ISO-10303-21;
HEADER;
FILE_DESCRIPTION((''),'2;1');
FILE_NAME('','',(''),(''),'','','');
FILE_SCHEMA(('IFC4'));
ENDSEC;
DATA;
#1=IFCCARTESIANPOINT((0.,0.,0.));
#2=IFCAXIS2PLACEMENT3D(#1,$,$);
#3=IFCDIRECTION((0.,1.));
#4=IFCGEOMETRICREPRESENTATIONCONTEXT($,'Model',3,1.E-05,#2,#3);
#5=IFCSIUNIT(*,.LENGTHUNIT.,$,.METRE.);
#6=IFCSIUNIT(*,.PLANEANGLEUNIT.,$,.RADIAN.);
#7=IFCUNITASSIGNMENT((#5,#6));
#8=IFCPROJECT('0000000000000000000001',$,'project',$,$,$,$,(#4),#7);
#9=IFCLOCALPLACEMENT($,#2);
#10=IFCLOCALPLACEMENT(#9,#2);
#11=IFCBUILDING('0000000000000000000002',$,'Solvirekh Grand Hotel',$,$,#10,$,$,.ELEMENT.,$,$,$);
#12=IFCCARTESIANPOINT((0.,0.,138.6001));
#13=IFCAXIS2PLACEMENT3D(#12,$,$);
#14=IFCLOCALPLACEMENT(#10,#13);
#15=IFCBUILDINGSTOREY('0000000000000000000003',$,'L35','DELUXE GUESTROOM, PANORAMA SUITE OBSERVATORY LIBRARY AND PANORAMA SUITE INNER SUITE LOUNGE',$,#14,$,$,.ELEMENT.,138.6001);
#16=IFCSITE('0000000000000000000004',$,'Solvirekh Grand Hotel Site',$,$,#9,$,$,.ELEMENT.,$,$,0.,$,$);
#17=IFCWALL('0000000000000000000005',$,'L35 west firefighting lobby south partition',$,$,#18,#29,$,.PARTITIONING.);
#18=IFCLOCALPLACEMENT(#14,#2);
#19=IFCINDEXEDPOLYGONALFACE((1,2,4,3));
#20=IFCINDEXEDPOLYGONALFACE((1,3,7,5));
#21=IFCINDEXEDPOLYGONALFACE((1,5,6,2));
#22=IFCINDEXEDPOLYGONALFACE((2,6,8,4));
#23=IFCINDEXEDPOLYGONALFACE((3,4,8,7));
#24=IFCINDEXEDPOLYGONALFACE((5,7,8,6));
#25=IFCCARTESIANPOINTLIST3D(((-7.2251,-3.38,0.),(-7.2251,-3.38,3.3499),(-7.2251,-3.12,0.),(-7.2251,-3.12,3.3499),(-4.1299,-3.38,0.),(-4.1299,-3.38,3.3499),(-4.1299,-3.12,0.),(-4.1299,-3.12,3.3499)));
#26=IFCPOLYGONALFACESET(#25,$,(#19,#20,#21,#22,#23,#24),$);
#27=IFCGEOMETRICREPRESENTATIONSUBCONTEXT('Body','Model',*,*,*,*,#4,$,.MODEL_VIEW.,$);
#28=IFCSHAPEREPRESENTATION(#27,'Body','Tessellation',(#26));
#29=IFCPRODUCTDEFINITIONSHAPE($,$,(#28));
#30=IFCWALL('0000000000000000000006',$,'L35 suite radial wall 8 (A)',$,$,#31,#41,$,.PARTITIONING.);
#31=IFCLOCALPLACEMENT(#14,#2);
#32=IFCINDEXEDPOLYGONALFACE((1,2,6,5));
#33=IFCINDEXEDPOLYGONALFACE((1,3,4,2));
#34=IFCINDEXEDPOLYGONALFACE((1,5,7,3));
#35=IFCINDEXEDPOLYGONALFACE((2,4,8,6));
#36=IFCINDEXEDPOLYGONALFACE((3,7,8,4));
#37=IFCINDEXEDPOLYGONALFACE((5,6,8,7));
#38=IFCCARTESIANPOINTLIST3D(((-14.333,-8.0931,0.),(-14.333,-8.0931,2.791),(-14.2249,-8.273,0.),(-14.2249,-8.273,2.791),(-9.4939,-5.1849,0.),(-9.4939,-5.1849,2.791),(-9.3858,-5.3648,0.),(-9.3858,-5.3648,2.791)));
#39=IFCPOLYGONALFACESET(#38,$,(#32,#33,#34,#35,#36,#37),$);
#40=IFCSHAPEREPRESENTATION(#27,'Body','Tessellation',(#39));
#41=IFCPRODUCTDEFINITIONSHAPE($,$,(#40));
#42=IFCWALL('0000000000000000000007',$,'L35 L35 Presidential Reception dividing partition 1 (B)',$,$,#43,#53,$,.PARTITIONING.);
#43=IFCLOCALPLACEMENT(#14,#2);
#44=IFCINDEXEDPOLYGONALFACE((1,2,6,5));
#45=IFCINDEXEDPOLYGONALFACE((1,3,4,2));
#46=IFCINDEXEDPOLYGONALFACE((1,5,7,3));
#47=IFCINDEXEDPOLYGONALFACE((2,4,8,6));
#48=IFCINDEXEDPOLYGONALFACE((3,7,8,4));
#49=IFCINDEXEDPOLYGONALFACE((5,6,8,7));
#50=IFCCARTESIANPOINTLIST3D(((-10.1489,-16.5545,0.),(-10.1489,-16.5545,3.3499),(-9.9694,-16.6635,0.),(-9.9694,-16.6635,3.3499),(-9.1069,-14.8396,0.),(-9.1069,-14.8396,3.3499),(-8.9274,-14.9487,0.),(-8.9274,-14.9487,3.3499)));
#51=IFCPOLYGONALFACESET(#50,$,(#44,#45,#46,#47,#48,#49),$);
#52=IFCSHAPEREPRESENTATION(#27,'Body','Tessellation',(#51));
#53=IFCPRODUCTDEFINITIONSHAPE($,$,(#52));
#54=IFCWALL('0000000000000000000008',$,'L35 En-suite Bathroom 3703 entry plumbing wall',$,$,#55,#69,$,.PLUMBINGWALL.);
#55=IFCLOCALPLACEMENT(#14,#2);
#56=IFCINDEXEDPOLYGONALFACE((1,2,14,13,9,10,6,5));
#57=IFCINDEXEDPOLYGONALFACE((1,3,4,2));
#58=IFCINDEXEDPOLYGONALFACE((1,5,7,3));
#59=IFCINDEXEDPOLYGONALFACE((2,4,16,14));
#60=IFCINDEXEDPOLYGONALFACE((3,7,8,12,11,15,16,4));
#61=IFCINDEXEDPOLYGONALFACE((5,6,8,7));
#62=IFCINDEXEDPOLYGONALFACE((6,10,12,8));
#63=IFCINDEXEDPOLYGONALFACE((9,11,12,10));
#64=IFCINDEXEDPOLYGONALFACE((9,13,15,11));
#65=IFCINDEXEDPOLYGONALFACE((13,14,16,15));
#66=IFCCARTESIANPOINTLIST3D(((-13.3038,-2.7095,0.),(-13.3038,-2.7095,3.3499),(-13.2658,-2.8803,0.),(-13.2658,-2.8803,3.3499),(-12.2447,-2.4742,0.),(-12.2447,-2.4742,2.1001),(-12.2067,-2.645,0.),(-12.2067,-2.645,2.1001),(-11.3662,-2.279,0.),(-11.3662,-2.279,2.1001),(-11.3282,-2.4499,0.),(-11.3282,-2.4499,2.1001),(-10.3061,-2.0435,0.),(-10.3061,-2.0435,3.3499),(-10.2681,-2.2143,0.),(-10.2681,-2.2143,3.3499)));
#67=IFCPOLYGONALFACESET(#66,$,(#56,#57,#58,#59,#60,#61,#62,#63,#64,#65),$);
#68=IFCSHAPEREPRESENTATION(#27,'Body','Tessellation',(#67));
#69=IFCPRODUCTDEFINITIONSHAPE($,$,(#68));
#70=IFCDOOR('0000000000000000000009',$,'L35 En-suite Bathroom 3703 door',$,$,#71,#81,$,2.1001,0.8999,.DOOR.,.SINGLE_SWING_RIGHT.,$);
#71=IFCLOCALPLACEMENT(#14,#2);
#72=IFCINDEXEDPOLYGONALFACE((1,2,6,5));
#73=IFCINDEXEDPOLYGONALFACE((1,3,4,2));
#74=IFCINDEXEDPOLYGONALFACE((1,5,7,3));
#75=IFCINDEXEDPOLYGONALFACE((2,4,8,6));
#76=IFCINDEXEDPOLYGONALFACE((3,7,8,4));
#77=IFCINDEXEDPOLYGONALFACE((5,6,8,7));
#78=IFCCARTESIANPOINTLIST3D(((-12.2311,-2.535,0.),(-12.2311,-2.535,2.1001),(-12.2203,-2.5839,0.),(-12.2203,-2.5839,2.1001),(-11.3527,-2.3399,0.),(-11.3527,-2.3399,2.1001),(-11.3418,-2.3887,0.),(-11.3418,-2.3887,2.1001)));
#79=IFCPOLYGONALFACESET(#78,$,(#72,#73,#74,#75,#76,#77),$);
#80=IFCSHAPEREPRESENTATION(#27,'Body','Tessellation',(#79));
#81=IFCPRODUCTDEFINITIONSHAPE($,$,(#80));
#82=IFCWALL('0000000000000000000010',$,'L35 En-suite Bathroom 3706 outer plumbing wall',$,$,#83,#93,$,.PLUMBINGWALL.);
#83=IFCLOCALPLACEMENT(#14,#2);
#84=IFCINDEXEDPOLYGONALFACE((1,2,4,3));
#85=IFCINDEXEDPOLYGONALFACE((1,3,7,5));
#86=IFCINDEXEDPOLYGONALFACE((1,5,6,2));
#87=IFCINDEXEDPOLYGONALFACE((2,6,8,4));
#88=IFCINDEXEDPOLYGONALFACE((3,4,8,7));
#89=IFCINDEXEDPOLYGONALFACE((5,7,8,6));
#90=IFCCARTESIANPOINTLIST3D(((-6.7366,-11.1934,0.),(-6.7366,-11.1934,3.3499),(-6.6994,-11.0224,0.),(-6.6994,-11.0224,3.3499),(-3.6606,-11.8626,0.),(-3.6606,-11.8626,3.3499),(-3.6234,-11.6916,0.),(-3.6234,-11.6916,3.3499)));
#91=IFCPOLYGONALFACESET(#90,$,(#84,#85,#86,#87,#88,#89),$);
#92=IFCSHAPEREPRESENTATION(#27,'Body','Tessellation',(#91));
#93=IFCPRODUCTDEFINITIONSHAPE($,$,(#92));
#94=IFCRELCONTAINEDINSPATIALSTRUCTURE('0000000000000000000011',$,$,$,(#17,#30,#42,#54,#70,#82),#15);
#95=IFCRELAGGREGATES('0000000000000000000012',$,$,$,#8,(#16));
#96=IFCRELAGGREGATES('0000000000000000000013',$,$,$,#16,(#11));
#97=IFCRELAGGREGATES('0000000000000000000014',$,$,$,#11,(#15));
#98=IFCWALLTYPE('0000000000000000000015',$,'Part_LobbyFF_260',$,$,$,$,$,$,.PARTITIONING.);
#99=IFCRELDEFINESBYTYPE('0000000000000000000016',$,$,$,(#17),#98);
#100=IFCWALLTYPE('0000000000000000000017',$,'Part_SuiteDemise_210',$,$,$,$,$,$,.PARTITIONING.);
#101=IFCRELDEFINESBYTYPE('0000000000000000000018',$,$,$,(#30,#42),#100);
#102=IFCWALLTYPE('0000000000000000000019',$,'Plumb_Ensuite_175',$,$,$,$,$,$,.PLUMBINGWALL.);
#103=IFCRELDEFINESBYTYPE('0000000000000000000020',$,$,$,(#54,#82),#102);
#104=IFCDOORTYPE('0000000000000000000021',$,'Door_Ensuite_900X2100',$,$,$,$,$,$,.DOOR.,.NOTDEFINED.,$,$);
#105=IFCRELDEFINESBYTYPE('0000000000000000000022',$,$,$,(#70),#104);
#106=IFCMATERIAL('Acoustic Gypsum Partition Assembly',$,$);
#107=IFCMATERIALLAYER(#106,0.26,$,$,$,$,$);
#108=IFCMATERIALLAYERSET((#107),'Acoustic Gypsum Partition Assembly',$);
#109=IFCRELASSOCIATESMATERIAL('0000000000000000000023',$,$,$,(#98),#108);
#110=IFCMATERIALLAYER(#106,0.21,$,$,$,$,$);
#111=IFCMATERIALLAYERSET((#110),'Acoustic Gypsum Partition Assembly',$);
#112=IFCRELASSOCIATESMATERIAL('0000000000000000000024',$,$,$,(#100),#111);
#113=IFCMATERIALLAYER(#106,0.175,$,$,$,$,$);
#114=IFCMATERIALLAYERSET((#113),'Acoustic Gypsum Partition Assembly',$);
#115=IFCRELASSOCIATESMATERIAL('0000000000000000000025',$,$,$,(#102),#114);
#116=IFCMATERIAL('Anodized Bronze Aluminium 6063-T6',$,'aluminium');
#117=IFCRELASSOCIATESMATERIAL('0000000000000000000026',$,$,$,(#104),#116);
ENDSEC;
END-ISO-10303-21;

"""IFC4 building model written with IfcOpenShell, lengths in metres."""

from ifc_helpers import new_model, si_unit, direction, frame, frame_2d, origin, place, context, subcontext, project, spatial, rectangle, extrude, material, layer, layer_set, type_object, element, fill, save


model = new_model("IFC4")

# Units and contexts
model_context = context("Model", 3, precision=1e-05, world=origin(), true_north=direction((0.0, 1.0)))
body_context = subcontext(model_context, "Body", "Model", "MODEL_VIEW")
ifc_project = project(units=[si_unit("LENGTHUNIT", "METRE"), si_unit("PLANEANGLEUNIT", "RADIAN")], contexts=[model_context])

# Site, building, storey
site_placement = place(None, origin())
site = spatial("IfcSite", under=ifc_project, at=site_placement, Name="Solvirekh Grand Hotel Site", CompositionType="ELEMENT", RefElevation=0.0)
building_placement = place(site_placement, origin())
building = spatial("IfcBuilding", under=site, at=building_placement, Name="Solvirekh Grand Hotel", CompositionType="ELEMENT")
storey_placement = place(building_placement, frame((0.0, 0.0, 138.6001)))
storey = spatial("IfcBuildingStorey", under=building, at=storey_placement, Name="L35", Description="DELUXE GUESTROOM, PANORAMA SUITE OBSERVATORY LIBRARY AND PANORAMA SUITE INNER SUITE LOUNGE", CompositionType="ELEMENT", Elevation=138.6001)

# Shared definitions
ifc_material_1 = material(Name="Anodized Bronze Aluminium 6063-T6", Category="aluminium")

# Shared definitions
ifc_material_2 = material(Name="Acoustic Gypsum Partition Assembly")

# Walls
ifc_layer_1 = layer(ifc_material_2, 0.26)
ifc_layer_set_1 = layer_set([ifc_layer_1], Name="Acoustic Gypsum Partition Assembly")
wall_type_1 = type_object("IfcWallType", Name="Part_LobbyFF_260", PredefinedType="PARTITIONING", material=ifc_layer_set_1)
wall_1_placement = place(storey_placement, frame((-7.2251, -3.25, 0.0), z_axis=(0.0, 0.0, 1.0), x_axis=(1.0, 0.0, 0.0)))
element("IfcWall", 1, at=wall_1_placement, inside=storey, type_object=wall_type_1, Name="L35 west firefighting lobby south partition", PredefinedType="PARTITIONING", context=body_context, shape_type="SweptSolid", body=[
    extrude(rectangle(XDim=3.0952, YDim=0.26, at=frame_2d((1.5476, 0.0))), origin(), (0.0, 0.0, 1.0), 3.3499),
])
ifc_layer_2 = layer(ifc_material_2, 0.21)
ifc_layer_set_2 = layer_set([ifc_layer_2], Name="Acoustic Gypsum Partition Assembly")
wall_type_2 = type_object("IfcWallType", Name="Part_SuiteDemise_210", PredefinedType="PARTITIONING", material=ifc_layer_set_2)
wall_2_placement = place(storey_placement, frame((-9.4399, -5.2749, 0.0), z_axis=(0.0, 0.0, 1.0), x_axis=(-0.857123, -0.515112, 0.0)))
element("IfcWall", 2, at=wall_2_placement, inside=storey, type_object=wall_type_2, Name="L35 suite radial wall 8 (A)", PredefinedType="PARTITIONING", context=body_context, shape_type="SweptSolid", body=[
    extrude(rectangle(XDim=5.6458, YDim=0.21, at=frame_2d((2.8228, 0.0))), origin(), (0.0, 0.0, 1.0), 2.791),
])
wall_3_placement = place(storey_placement, frame((-9.0171, -14.894, 0.0), z_axis=(0.0, 0.0, 1.0), x_axis=(-0.519283, -0.854602, 0.0)))
element("IfcWall", 3, at=wall_3_placement, inside=storey, type_object=wall_type_2, Name="L35 L35 Presidential Reception dividing partition 1 (B)", PredefinedType="PARTITIONING", context=body_context, shape_type="SweptSolid", body=[
    extrude(rectangle(XDim=2.0066, YDim=0.21, at=frame_2d((1.0034, 0.0))), origin(), (0.0, 0.0, 1.0), 3.3499),
])

# Wall, opening, door
ifc_layer_3 = layer(ifc_material_2, 0.175)
ifc_layer_set_3 = layer_set([ifc_layer_3], Name="Acoustic Gypsum Partition Assembly")
wall_type_3 = type_object("IfcWallType", Name="Plumb_Ensuite_175", PredefinedType="PLUMBINGWALL", material=ifc_layer_set_3)
wall_4_placement = place(storey_placement, frame((-10.2871, -2.1289, 0.0), z_axis=(0.0, 0.0, 1.0), x_axis=(-0.976198, -0.21688, 0.0)))
wall_4 = element("IfcWall", 4, at=wall_4_placement, inside=storey, type_object=wall_type_3, Name="L35 En-suite Bathroom 3703 entry plumbing wall", PredefinedType="PLUMBINGWALL", context=body_context, shape_type="SweptSolid", body=[
    extrude(rectangle(XDim=3.0708, YDim=0.175, at=frame_2d((1.5354, 0.0))), origin(), (0.0, 0.0, 1.0), 3.3499),
])
opening_1_placement = place(wall_4_placement, frame((1.0859, 0.0, 0.0)))
opening_1 = element("IfcOpeningElement", 5, at=opening_1_placement, cuts=wall_4, PredefinedType="OPENING", context=body_context, shape_type="SweptSolid", body=[
    extrude(rectangle(XDim=0.8999, YDim=2.1001, at=frame_2d((0.45, 1.05))), frame((0.0, 0.0977, 0.0), z_axis=(0.0, -1.0, 0.0), x_axis=(1.0, 0.0, 0.0)), (0.0, 0.0, 1.0), 0.1951),
])
door_type_1 = type_object("IfcDoorType", Name="Door_Ensuite_900X2100", OperationType="NOTDEFINED", PredefinedType="DOOR", material=ifc_material_1)
door_1_placement = place(opening_1_placement, origin())
door_1 = element("IfcDoor", 6, at=door_1_placement, inside=storey, type_object=door_type_1, Name="L35 En-suite Bathroom 3703 door", OperationType="SINGLE_SWING_RIGHT", OverallHeight=2.1001, OverallWidth=0.8999, PredefinedType="DOOR", context=body_context, shape_type="SweptSolid", body=[
    extrude(rectangle(XDim=0.8999, YDim=2.1001, at=frame_2d((0.45, 1.05))), frame((0.0, 0.0249, 0.0), z_axis=(0.0, -1.0, 0.0), x_axis=(1.0, 0.0, 0.0)), (0.0, 0.0, 1.0), 0.05),
])
fill(opening_1, door_1)

# Wall
wall_5_placement = place(storey_placement, frame((-6.718, -11.1079, 0.0), z_axis=(0.0, 0.0, 1.0), x_axis=(0.977143, -0.212584, 0.0)))
element("IfcWall", 7, at=wall_5_placement, inside=storey, type_object=wall_type_3, Name="L35 En-suite Bathroom 3706 outer plumbing wall", PredefinedType="PLUMBINGWALL", context=body_context, shape_type="SweptSolid", body=[
    extrude(rectangle(XDim=3.1479, YDim=0.175, at=frame_2d((1.574, 0.0))), origin(), (0.0, 0.0, 1.0), 3.3499),
])

save(model, "model.ifc")
